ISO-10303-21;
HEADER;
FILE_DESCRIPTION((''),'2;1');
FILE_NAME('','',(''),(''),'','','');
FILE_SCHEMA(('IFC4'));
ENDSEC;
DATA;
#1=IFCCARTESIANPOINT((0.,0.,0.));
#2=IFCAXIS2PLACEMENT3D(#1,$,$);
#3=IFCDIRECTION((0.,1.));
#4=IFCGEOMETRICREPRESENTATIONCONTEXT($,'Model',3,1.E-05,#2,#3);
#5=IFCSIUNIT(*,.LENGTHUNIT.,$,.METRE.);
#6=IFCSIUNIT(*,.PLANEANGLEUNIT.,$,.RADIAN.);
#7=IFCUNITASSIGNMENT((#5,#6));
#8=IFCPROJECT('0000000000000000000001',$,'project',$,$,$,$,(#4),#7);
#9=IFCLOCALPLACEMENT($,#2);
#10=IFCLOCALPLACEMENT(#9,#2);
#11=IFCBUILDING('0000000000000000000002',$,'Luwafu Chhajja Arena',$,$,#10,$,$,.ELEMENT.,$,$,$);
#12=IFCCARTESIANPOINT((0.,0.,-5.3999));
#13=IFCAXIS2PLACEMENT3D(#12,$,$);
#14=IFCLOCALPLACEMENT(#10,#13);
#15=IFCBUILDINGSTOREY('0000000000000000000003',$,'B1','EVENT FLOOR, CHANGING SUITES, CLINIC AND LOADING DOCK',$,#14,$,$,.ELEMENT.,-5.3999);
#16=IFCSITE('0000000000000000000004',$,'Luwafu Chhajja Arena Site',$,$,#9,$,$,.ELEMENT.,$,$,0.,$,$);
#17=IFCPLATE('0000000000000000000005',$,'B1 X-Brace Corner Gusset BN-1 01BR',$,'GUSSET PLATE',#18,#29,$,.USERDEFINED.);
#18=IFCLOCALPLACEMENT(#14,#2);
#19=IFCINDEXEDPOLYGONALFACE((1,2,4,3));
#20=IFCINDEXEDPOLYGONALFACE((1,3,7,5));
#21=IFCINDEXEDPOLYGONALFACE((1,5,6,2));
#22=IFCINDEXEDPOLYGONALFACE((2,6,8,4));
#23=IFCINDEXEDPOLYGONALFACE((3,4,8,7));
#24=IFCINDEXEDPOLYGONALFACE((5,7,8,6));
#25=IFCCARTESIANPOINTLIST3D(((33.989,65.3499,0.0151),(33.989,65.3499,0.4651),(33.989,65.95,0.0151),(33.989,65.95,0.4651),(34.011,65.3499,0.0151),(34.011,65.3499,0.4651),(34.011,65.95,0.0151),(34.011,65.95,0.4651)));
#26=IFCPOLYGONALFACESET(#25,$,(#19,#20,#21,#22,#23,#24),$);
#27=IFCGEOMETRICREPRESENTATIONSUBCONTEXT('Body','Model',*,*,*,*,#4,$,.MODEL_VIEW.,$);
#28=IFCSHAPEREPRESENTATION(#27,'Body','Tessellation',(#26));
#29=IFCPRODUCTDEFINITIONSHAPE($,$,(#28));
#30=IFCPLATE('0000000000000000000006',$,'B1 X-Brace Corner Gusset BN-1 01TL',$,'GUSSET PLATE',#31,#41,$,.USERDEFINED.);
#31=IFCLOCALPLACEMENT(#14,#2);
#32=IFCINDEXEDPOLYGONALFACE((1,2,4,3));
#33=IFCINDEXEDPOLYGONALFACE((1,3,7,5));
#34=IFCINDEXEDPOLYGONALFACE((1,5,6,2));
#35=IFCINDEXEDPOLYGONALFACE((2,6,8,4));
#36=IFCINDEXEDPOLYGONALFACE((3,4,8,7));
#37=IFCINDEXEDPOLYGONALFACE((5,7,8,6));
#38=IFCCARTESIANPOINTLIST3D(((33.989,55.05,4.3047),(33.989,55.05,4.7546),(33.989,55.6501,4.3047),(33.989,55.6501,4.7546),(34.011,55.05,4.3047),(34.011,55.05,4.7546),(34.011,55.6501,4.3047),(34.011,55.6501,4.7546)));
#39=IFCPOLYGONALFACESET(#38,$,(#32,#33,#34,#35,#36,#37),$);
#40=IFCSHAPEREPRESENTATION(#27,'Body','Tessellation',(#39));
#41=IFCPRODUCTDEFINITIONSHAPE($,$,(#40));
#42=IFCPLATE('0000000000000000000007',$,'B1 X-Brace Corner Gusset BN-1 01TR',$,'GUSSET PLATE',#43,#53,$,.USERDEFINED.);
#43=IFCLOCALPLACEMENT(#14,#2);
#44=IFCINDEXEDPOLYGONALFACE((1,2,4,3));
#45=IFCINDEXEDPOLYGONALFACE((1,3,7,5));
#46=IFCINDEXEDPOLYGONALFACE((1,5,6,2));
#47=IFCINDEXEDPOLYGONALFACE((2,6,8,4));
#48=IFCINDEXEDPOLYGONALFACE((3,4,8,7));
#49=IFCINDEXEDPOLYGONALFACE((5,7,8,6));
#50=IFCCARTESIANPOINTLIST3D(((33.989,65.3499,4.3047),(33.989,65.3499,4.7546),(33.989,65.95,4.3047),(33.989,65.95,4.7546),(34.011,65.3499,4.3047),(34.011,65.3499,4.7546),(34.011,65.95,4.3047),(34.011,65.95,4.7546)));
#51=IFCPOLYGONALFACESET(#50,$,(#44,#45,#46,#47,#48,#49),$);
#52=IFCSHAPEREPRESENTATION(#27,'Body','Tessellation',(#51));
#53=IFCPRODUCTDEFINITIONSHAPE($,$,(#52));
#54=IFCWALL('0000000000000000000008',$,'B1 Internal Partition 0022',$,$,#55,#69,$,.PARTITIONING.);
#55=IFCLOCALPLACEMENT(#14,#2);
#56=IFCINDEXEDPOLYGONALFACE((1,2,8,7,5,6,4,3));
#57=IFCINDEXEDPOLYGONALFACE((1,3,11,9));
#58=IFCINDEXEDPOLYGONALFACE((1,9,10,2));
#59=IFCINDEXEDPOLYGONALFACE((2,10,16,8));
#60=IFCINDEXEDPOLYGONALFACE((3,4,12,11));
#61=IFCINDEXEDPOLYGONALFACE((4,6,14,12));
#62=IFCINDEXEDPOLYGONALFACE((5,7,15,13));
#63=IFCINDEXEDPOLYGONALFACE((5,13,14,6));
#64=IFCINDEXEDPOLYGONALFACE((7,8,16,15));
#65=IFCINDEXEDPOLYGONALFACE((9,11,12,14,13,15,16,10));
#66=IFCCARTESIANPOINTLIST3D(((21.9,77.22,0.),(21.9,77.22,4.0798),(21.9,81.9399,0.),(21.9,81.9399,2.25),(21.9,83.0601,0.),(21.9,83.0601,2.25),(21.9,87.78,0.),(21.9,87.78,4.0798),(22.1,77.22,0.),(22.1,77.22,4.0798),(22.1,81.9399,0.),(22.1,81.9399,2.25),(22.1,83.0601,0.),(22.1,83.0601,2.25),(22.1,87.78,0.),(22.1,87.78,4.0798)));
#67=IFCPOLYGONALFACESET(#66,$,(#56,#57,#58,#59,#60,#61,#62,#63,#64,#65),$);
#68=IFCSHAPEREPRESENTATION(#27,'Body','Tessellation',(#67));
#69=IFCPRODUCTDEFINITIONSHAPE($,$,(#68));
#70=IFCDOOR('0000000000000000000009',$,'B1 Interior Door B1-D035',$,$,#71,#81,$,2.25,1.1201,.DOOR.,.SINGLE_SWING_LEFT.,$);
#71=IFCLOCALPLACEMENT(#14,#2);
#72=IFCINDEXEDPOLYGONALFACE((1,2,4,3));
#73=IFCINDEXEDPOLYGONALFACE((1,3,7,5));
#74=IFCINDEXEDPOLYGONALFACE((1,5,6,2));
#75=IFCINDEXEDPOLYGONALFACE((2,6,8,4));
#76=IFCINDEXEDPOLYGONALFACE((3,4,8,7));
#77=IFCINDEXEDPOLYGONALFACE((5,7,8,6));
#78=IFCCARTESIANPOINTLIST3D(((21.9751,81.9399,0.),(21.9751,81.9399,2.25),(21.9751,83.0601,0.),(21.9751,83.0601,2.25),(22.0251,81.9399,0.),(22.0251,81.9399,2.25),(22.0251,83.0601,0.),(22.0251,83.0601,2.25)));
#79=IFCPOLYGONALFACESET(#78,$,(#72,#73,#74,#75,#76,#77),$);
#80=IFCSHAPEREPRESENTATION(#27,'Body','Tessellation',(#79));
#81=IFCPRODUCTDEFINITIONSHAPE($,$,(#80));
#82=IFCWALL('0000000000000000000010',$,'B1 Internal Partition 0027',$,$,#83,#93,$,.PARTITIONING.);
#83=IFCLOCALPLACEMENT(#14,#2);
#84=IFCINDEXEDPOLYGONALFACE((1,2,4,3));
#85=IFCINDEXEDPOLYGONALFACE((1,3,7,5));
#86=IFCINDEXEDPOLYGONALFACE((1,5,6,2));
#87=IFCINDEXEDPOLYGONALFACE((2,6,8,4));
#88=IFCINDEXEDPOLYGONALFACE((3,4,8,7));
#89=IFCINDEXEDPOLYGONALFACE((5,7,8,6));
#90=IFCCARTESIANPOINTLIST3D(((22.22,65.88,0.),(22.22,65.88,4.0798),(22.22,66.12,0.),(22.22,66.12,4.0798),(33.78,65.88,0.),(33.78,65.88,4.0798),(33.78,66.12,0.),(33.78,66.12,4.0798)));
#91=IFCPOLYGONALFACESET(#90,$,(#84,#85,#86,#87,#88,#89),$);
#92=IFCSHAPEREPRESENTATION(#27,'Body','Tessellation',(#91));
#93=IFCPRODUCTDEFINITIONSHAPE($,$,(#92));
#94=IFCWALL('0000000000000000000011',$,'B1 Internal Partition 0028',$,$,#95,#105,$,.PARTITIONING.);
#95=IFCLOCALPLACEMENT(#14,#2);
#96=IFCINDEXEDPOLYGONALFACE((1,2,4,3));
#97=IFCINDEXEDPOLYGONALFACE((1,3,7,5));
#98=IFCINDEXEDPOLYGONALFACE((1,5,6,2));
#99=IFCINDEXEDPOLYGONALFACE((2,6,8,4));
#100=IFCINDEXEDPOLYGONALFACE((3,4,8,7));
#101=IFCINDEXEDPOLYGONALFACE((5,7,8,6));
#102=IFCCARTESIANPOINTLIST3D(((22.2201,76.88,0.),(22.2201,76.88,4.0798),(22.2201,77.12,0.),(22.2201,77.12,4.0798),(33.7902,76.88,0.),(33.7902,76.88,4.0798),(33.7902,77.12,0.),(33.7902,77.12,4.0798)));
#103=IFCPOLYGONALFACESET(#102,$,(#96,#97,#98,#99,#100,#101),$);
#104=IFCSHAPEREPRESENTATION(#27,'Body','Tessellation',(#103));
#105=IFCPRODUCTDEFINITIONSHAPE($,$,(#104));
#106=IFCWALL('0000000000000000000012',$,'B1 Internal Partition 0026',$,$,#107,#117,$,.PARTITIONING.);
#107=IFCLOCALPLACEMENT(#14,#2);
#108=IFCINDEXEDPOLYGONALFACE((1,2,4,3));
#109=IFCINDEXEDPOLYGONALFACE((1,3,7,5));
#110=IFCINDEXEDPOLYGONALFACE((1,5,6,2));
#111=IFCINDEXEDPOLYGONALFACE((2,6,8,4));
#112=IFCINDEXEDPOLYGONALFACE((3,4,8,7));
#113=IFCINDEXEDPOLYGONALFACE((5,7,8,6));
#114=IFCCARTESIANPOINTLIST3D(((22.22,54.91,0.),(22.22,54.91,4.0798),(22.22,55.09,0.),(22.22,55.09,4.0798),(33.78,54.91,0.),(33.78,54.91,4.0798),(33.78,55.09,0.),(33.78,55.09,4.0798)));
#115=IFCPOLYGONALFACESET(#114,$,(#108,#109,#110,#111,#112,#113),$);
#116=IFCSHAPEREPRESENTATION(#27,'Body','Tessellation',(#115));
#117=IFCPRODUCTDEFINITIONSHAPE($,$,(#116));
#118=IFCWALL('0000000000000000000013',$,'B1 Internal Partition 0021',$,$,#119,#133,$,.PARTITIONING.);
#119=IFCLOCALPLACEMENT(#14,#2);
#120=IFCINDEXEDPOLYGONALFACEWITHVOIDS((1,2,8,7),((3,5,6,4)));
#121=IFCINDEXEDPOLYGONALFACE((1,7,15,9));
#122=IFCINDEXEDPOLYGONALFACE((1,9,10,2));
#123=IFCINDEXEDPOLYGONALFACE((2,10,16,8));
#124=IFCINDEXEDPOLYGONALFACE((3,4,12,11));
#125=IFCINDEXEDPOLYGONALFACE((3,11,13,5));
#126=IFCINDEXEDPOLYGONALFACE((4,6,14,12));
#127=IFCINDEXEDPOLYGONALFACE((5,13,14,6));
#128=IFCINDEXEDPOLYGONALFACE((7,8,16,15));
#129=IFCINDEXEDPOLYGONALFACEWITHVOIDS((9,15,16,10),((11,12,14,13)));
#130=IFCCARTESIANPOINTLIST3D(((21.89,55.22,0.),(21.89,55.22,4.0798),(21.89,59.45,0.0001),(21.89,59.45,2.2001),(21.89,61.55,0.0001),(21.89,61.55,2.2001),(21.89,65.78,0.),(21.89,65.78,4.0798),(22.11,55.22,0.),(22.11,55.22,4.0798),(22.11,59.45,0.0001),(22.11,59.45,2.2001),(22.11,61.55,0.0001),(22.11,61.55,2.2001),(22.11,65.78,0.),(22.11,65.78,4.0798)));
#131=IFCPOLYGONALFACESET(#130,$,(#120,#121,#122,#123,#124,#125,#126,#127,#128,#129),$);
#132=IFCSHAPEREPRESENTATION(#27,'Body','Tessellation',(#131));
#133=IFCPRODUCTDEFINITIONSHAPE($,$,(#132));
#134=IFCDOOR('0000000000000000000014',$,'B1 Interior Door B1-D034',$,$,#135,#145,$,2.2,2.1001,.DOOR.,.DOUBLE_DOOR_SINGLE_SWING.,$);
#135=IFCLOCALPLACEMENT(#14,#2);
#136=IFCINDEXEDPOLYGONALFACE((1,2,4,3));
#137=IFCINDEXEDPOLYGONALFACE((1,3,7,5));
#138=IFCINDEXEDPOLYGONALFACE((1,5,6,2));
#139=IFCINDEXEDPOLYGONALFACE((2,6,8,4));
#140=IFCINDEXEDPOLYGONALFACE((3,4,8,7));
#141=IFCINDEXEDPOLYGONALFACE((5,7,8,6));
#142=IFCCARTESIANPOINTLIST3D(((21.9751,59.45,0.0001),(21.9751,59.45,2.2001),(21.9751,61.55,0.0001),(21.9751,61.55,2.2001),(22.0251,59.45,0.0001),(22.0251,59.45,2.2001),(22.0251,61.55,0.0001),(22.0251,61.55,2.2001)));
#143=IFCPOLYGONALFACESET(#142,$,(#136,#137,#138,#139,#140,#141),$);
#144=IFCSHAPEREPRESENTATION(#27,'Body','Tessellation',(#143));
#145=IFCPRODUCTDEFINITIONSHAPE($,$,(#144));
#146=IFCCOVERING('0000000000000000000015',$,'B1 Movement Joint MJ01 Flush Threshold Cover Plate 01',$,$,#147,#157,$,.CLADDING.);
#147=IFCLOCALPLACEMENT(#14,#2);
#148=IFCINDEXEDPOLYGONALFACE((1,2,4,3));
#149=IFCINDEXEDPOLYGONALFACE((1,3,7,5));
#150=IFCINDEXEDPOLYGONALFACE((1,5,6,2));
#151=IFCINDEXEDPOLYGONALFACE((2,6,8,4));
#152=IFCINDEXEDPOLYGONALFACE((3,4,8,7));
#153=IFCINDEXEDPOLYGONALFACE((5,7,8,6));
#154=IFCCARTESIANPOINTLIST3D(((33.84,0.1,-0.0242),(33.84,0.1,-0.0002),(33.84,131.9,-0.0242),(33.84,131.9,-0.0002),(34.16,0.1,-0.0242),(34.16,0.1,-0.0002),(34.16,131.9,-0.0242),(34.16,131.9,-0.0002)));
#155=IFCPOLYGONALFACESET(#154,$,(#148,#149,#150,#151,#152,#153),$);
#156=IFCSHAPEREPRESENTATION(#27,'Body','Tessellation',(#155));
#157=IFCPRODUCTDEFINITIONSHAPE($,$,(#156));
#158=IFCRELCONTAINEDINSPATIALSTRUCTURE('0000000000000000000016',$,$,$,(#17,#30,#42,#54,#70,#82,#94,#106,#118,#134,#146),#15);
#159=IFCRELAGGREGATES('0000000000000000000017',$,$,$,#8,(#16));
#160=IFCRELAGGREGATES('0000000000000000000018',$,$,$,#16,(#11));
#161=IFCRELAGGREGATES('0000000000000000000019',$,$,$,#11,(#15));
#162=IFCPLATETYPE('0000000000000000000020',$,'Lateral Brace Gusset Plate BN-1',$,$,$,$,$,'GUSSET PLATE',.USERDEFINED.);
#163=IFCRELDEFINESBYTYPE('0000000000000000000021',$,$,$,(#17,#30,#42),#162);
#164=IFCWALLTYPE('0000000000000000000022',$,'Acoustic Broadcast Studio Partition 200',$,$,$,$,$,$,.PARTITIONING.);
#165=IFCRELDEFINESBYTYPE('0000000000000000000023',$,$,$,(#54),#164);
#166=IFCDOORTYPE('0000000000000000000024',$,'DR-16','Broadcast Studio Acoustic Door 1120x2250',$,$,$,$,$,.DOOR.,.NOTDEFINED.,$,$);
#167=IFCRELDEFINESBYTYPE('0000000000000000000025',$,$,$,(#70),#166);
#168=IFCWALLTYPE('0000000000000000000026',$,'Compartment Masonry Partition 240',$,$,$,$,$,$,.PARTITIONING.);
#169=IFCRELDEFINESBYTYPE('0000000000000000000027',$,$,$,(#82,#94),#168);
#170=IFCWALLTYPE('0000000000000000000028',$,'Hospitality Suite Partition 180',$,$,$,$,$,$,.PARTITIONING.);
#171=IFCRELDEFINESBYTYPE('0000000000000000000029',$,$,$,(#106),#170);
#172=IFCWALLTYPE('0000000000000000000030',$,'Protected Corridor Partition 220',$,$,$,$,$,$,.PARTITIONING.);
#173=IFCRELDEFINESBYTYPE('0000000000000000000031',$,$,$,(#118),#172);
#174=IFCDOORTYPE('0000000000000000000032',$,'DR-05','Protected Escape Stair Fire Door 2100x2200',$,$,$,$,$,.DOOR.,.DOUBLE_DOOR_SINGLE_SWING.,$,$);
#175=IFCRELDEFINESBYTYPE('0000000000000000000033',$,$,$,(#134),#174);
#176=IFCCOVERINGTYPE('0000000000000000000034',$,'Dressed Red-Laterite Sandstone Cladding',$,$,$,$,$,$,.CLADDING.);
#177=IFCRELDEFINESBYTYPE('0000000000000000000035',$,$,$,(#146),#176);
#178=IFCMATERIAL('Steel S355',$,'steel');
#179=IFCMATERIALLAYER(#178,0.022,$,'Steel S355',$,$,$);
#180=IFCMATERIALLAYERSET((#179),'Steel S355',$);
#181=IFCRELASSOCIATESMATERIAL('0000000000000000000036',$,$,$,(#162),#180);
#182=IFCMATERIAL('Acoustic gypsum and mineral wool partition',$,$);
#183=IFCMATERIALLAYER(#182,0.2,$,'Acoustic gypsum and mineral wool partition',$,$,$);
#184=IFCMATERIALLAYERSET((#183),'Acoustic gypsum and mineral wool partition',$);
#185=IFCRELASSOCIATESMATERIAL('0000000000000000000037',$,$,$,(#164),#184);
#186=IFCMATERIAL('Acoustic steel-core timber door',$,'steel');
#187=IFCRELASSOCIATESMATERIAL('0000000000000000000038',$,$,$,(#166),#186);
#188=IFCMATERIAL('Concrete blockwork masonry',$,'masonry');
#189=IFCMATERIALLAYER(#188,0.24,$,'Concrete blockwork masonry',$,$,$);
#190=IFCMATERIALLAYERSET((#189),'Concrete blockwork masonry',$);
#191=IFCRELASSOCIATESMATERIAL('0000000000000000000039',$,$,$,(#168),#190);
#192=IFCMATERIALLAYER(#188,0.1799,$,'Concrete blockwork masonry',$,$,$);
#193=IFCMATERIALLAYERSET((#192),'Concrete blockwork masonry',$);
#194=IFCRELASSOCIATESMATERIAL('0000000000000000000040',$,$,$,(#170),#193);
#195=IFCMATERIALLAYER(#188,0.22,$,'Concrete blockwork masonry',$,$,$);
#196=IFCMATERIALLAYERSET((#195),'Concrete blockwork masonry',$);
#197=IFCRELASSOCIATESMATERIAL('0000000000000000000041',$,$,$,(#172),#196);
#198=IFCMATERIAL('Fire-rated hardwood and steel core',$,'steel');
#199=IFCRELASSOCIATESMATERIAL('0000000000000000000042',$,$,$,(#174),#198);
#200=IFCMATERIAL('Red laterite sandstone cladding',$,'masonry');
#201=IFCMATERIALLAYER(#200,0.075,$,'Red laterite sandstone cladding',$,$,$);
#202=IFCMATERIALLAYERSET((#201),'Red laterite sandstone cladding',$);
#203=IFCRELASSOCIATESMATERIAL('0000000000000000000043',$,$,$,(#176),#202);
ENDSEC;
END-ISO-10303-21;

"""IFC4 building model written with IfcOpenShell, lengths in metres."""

from ifc_helpers import new_model, si_unit, direction, frame, frame_2d, origin, origin_2d, place, context, subcontext, project, spatial, rectangle, extrude, material, layer, layer_set, type_object, element, fill, save


model = new_model("IFC4")

# Units and contexts
model_context = context("Model", 3, precision=1e-05, world=origin(), true_north=direction((0.0, 1.0)))
body_context = subcontext(model_context, "Body", "Model", "MODEL_VIEW")
ifc_project = project(units=[si_unit("LENGTHUNIT", "METRE"), si_unit("PLANEANGLEUNIT", "RADIAN")], contexts=[model_context])

# Site, building, storey
site_placement = place(None, origin())
site = spatial("IfcSite", under=ifc_project, at=site_placement, Name="Luwafu Chhajja Arena Site", CompositionType="ELEMENT", RefElevation=0.0)
building_placement = place(site_placement, origin())
building = spatial("IfcBuilding", under=site, at=building_placement, Name="Luwafu Chhajja Arena", CompositionType="ELEMENT")
storey_placement = place(building_placement, frame((0.0, 0.0, -5.3999)))
storey = spatial("IfcBuildingStorey", under=building, at=storey_placement, Name="B1", Description="EVENT FLOOR, CHANGING SUITES, CLINIC AND LOADING DOCK", CompositionType="ELEMENT", Elevation=-5.3999)

# Shared definitions
ifc_material_1 = material(Name="Steel S355", Category="steel")

# Plates
ifc_layer_1 = layer(ifc_material_1, 0.022, Name="Steel S355")
ifc_layer_set_1 = layer_set([ifc_layer_1], Name="Steel S355")
plate_type = type_object("IfcPlateType", Name="Lateral Brace Gusset Plate BN-1", ElementType="GUSSET PLATE", PredefinedType="USERDEFINED", material=ifc_layer_set_1)
for number, where, z_axis, x_axis, name in (
    (1, (34.0, 65.6499, 0.0151), (0.0, 0.0, 1.0), (1.0, 0.0, 0.0), "B1 X-Brace Corner Gusset BN-1 01BR"),
    (2, (34.0, 55.3501, 4.3047), (0.0, 0.0, 1.0), (1.0, 0.0, 0.0), "B1 X-Brace Corner Gusset BN-1 01TL"),
    (3, (34.0, 65.6499, 4.3047), (0.0, 0.0, 1.0), (1.0, 0.0, 0.0), "B1 X-Brace Corner Gusset BN-1 01TR"),
):
    element("IfcPlate", number, at=place(storey_placement, frame(where, z_axis=z_axis, x_axis=x_axis)), inside=storey, type_object=plate_type, Name=name, ObjectType="GUSSET PLATE", PredefinedType="USERDEFINED", context=body_context, shape_type="SweptSolid", body=[
        extrude(rectangle(XDim=0.022, YDim=0.6001, at=origin_2d()), origin(), (0.0, 0.0, 1.0), 0.45),
    ])

# Wall, opening, door
ifc_material_2 = material(Name="Acoustic gypsum and mineral wool partition")
ifc_layer_2 = layer(ifc_material_2, 0.2, Name="Acoustic gypsum and mineral wool partition")
ifc_layer_set_2 = layer_set([ifc_layer_2], Name="Acoustic gypsum and mineral wool partition")
wall_type_1 = type_object("IfcWallType", Name="Acoustic Broadcast Studio Partition 200", PredefinedType="PARTITIONING", material=ifc_layer_set_2)
wall_1_placement = place(storey_placement, frame((22.0, 77.22, 0.0), z_axis=(0.0, 0.0, 1.0), x_axis=(0.0, 1.0, 0.0)))
wall_1 = element("IfcWall", 4, at=wall_1_placement, inside=storey, type_object=wall_type_1, Name="B1 Internal Partition 0022", PredefinedType="PARTITIONING", context=body_context, shape_type="SweptSolid", body=[
    extrude(rectangle(XDim=10.5601, YDim=0.2, at=frame_2d((5.28, 0.0))), origin(), (0.0, 0.0, 1.0), 4.0798),
])
opening_1_placement = place(wall_1_placement, frame((4.72, 0.0, 0.0)))
opening_1 = element("IfcOpeningElement", 5, at=opening_1_placement, cuts=wall_1, PredefinedType="OPENING", context=body_context, shape_type="SweptSolid", body=[
    extrude(rectangle(XDim=1.1201, YDim=2.25, at=frame_2d((0.5601, 1.125))), frame((0.0, 0.1099, 0.0), z_axis=(0.0, -1.0, 0.0), x_axis=(1.0, 0.0, 0.0)), (0.0, 0.0, 1.0), 0.22),
])
ifc_material_3 = material(Name="Acoustic steel-core timber door", Category="steel")
door_type_1 = type_object("IfcDoorType", Name="DR-16", Description="Broadcast Studio Acoustic Door 1120x2250", OperationType="NOTDEFINED", PredefinedType="DOOR", material=ifc_material_3)
door_1_placement = place(opening_1_placement, origin())
door_1 = element("IfcDoor", 6, at=door_1_placement, inside=storey, type_object=door_type_1, Name="B1 Interior Door B1-D035", OperationType="SINGLE_SWING_LEFT", OverallHeight=2.25, OverallWidth=1.1201, PredefinedType="DOOR", context=body_context, shape_type="SweptSolid", body=[
    extrude(rectangle(XDim=1.1201, YDim=2.25, at=frame_2d((0.5601, 1.125))), frame((0.0, 0.0249, 0.0), z_axis=(0.0, -1.0, 0.0), x_axis=(1.0, 0.0, 0.0)), (0.0, 0.0, 1.0), 0.05),
])
fill(opening_1, door_1)

# Walls
ifc_material_4 = material(Name="Concrete blockwork masonry", Category="masonry")
ifc_layer_3 = layer(ifc_material_4, 0.24, Name="Concrete blockwork masonry")
ifc_layer_set_3 = layer_set([ifc_layer_3], Name="Concrete blockwork masonry")
wall_type_2 = type_object("IfcWallType", Name="Compartment Masonry Partition 240", PredefinedType="PARTITIONING", material=ifc_layer_set_3)
wall_2_placement = place(storey_placement, frame((22.22, 66.0, 0.0), z_axis=(0.0, 0.0, 1.0), x_axis=(1.0, 0.0, 0.0)))
element("IfcWall", 7, at=wall_2_placement, inside=storey, type_object=wall_type_2, Name="B1 Internal Partition 0027", PredefinedType="PARTITIONING", context=body_context, shape_type="SweptSolid", body=[
    extrude(rectangle(XDim=11.5601, YDim=0.24, at=frame_2d((5.78, 0.0))), origin(), (0.0, 0.0, 1.0), 4.0798),
])
wall_3_placement = place(storey_placement, frame((22.22, 77.0, 0.0), z_axis=(0.0, 0.0, 1.0), x_axis=(1.0, 0.0, 0.0)))
element("IfcWall", 8, at=wall_3_placement, inside=storey, type_object=wall_type_2, Name="B1 Internal Partition 0028", PredefinedType="PARTITIONING", context=body_context, shape_type="SweptSolid", body=[
    extrude(rectangle(XDim=11.5701, YDim=0.24, at=frame_2d((5.7852, 0.0))), origin(), (0.0, 0.0, 1.0), 4.0798),
])
ifc_layer_4 = layer(ifc_material_4, 0.1799, Name="Concrete blockwork masonry")
ifc_layer_set_4 = layer_set([ifc_layer_4], Name="Concrete blockwork masonry")
wall_type_3 = type_object("IfcWallType", Name="Hospitality Suite Partition 180", PredefinedType="PARTITIONING", material=ifc_layer_set_4)
wall_4_placement = place(storey_placement, frame((22.22, 55.0, 0.0), z_axis=(0.0, 0.0, 1.0), x_axis=(1.0, 0.0, 0.0)))
element("IfcWall", 9, at=wall_4_placement, inside=storey, type_object=wall_type_3, Name="B1 Internal Partition 0026", PredefinedType="PARTITIONING", context=body_context, shape_type="SweptSolid", body=[
    extrude(rectangle(XDim=11.5601, YDim=0.1799, at=frame_2d((5.78, 0.0))), origin(), (0.0, 0.0, 1.0), 4.0798),
])

# Wall, opening, door
ifc_layer_5 = layer(ifc_material_4, 0.22, Name="Concrete blockwork masonry")
ifc_layer_set_5 = layer_set([ifc_layer_5], Name="Concrete blockwork masonry")
wall_type_4 = type_object("IfcWallType", Name="Protected Corridor Partition 220", PredefinedType="PARTITIONING", material=ifc_layer_set_5)
wall_5_placement = place(storey_placement, frame((22.0, 55.22, 0.0), z_axis=(0.0, 0.0, 1.0), x_axis=(0.0, 1.0, 0.0)))
wall_5 = element("IfcWall", 10, at=wall_5_placement, inside=storey, type_object=wall_type_4, Name="B1 Internal Partition 0021", PredefinedType="PARTITIONING", context=body_context, shape_type="SweptSolid", body=[
    extrude(rectangle(XDim=10.5601, YDim=0.22, at=frame_2d((5.28, 0.0))), origin(), (0.0, 0.0, 1.0), 4.0798),
])
opening_2_placement = place(wall_5_placement, frame((4.23, 0.0, 0.0)))
opening_2 = element("IfcOpeningElement", 11, at=opening_2_placement, cuts=wall_5, PredefinedType="OPENING", context=body_context, shape_type="SweptSolid", body=[
    extrude(rectangle(XDim=2.1001, YDim=2.2, at=frame_2d((1.05, 1.1001))), frame((0.0, 0.1199, 0.0), z_axis=(0.0, -1.0, 0.0), x_axis=(1.0, 0.0, 0.0)), (0.0, 0.0, 1.0), 0.24),
])
ifc_material_5 = material(Name="Fire-rated hardwood and steel core", Category="steel")
door_type_2 = type_object("IfcDoorType", Name="DR-05", Description="Protected Escape Stair Fire Door 2100x2200", OperationType="DOUBLE_DOOR_SINGLE_SWING", PredefinedType="DOOR", material=ifc_material_5)
door_2_placement = place(opening_2_placement, origin())
door_2 = element("IfcDoor", 12, at=door_2_placement, inside=storey, type_object=door_type_2, Name="B1 Interior Door B1-D034", OperationType="DOUBLE_DOOR_SINGLE_SWING", OverallHeight=2.2, OverallWidth=2.1001, PredefinedType="DOOR", context=body_context, shape_type="SweptSolid", body=[
    extrude(rectangle(XDim=2.1001, YDim=2.2, at=frame_2d((1.05, 1.1001))), frame((0.0, 0.0249, 0.0), z_axis=(0.0, -1.0, 0.0), x_axis=(1.0, 0.0, 0.0)), (0.0, 0.0, 1.0), 0.05),
])
fill(opening_2, door_2)

# Covering
ifc_material_6 = material(Name="Red laterite sandstone cladding", Category="masonry")
ifc_layer_6 = layer(ifc_material_6, 0.075, Name="Red laterite sandstone cladding")
ifc_layer_set_6 = layer_set([ifc_layer_6], Name="Red laterite sandstone cladding")
covering_type = type_object("IfcCoveringType", Name="Dressed Red-Laterite Sandstone Cladding", PredefinedType="CLADDING", material=ifc_layer_set_6)
covering_placement = place(storey_placement, frame((34.0, 66.0, -0.0242), z_axis=(0.0, 0.0, 1.0), x_axis=(1.0, 0.0, 0.0)))
element("IfcCovering", 13, at=covering_placement, inside=storey, type_object=covering_type, Name="B1 Movement Joint MJ01 Flush Threshold Cover Plate 01", PredefinedType="CLADDING", context=body_context, shape_type="SweptSolid", body=[
    extrude(rectangle(XDim=0.3201, YDim=131.8, at=origin_2d()), origin(), (0.0, 0.0, 1.0), 0.0239),
])

save(model, "model.ifc")
